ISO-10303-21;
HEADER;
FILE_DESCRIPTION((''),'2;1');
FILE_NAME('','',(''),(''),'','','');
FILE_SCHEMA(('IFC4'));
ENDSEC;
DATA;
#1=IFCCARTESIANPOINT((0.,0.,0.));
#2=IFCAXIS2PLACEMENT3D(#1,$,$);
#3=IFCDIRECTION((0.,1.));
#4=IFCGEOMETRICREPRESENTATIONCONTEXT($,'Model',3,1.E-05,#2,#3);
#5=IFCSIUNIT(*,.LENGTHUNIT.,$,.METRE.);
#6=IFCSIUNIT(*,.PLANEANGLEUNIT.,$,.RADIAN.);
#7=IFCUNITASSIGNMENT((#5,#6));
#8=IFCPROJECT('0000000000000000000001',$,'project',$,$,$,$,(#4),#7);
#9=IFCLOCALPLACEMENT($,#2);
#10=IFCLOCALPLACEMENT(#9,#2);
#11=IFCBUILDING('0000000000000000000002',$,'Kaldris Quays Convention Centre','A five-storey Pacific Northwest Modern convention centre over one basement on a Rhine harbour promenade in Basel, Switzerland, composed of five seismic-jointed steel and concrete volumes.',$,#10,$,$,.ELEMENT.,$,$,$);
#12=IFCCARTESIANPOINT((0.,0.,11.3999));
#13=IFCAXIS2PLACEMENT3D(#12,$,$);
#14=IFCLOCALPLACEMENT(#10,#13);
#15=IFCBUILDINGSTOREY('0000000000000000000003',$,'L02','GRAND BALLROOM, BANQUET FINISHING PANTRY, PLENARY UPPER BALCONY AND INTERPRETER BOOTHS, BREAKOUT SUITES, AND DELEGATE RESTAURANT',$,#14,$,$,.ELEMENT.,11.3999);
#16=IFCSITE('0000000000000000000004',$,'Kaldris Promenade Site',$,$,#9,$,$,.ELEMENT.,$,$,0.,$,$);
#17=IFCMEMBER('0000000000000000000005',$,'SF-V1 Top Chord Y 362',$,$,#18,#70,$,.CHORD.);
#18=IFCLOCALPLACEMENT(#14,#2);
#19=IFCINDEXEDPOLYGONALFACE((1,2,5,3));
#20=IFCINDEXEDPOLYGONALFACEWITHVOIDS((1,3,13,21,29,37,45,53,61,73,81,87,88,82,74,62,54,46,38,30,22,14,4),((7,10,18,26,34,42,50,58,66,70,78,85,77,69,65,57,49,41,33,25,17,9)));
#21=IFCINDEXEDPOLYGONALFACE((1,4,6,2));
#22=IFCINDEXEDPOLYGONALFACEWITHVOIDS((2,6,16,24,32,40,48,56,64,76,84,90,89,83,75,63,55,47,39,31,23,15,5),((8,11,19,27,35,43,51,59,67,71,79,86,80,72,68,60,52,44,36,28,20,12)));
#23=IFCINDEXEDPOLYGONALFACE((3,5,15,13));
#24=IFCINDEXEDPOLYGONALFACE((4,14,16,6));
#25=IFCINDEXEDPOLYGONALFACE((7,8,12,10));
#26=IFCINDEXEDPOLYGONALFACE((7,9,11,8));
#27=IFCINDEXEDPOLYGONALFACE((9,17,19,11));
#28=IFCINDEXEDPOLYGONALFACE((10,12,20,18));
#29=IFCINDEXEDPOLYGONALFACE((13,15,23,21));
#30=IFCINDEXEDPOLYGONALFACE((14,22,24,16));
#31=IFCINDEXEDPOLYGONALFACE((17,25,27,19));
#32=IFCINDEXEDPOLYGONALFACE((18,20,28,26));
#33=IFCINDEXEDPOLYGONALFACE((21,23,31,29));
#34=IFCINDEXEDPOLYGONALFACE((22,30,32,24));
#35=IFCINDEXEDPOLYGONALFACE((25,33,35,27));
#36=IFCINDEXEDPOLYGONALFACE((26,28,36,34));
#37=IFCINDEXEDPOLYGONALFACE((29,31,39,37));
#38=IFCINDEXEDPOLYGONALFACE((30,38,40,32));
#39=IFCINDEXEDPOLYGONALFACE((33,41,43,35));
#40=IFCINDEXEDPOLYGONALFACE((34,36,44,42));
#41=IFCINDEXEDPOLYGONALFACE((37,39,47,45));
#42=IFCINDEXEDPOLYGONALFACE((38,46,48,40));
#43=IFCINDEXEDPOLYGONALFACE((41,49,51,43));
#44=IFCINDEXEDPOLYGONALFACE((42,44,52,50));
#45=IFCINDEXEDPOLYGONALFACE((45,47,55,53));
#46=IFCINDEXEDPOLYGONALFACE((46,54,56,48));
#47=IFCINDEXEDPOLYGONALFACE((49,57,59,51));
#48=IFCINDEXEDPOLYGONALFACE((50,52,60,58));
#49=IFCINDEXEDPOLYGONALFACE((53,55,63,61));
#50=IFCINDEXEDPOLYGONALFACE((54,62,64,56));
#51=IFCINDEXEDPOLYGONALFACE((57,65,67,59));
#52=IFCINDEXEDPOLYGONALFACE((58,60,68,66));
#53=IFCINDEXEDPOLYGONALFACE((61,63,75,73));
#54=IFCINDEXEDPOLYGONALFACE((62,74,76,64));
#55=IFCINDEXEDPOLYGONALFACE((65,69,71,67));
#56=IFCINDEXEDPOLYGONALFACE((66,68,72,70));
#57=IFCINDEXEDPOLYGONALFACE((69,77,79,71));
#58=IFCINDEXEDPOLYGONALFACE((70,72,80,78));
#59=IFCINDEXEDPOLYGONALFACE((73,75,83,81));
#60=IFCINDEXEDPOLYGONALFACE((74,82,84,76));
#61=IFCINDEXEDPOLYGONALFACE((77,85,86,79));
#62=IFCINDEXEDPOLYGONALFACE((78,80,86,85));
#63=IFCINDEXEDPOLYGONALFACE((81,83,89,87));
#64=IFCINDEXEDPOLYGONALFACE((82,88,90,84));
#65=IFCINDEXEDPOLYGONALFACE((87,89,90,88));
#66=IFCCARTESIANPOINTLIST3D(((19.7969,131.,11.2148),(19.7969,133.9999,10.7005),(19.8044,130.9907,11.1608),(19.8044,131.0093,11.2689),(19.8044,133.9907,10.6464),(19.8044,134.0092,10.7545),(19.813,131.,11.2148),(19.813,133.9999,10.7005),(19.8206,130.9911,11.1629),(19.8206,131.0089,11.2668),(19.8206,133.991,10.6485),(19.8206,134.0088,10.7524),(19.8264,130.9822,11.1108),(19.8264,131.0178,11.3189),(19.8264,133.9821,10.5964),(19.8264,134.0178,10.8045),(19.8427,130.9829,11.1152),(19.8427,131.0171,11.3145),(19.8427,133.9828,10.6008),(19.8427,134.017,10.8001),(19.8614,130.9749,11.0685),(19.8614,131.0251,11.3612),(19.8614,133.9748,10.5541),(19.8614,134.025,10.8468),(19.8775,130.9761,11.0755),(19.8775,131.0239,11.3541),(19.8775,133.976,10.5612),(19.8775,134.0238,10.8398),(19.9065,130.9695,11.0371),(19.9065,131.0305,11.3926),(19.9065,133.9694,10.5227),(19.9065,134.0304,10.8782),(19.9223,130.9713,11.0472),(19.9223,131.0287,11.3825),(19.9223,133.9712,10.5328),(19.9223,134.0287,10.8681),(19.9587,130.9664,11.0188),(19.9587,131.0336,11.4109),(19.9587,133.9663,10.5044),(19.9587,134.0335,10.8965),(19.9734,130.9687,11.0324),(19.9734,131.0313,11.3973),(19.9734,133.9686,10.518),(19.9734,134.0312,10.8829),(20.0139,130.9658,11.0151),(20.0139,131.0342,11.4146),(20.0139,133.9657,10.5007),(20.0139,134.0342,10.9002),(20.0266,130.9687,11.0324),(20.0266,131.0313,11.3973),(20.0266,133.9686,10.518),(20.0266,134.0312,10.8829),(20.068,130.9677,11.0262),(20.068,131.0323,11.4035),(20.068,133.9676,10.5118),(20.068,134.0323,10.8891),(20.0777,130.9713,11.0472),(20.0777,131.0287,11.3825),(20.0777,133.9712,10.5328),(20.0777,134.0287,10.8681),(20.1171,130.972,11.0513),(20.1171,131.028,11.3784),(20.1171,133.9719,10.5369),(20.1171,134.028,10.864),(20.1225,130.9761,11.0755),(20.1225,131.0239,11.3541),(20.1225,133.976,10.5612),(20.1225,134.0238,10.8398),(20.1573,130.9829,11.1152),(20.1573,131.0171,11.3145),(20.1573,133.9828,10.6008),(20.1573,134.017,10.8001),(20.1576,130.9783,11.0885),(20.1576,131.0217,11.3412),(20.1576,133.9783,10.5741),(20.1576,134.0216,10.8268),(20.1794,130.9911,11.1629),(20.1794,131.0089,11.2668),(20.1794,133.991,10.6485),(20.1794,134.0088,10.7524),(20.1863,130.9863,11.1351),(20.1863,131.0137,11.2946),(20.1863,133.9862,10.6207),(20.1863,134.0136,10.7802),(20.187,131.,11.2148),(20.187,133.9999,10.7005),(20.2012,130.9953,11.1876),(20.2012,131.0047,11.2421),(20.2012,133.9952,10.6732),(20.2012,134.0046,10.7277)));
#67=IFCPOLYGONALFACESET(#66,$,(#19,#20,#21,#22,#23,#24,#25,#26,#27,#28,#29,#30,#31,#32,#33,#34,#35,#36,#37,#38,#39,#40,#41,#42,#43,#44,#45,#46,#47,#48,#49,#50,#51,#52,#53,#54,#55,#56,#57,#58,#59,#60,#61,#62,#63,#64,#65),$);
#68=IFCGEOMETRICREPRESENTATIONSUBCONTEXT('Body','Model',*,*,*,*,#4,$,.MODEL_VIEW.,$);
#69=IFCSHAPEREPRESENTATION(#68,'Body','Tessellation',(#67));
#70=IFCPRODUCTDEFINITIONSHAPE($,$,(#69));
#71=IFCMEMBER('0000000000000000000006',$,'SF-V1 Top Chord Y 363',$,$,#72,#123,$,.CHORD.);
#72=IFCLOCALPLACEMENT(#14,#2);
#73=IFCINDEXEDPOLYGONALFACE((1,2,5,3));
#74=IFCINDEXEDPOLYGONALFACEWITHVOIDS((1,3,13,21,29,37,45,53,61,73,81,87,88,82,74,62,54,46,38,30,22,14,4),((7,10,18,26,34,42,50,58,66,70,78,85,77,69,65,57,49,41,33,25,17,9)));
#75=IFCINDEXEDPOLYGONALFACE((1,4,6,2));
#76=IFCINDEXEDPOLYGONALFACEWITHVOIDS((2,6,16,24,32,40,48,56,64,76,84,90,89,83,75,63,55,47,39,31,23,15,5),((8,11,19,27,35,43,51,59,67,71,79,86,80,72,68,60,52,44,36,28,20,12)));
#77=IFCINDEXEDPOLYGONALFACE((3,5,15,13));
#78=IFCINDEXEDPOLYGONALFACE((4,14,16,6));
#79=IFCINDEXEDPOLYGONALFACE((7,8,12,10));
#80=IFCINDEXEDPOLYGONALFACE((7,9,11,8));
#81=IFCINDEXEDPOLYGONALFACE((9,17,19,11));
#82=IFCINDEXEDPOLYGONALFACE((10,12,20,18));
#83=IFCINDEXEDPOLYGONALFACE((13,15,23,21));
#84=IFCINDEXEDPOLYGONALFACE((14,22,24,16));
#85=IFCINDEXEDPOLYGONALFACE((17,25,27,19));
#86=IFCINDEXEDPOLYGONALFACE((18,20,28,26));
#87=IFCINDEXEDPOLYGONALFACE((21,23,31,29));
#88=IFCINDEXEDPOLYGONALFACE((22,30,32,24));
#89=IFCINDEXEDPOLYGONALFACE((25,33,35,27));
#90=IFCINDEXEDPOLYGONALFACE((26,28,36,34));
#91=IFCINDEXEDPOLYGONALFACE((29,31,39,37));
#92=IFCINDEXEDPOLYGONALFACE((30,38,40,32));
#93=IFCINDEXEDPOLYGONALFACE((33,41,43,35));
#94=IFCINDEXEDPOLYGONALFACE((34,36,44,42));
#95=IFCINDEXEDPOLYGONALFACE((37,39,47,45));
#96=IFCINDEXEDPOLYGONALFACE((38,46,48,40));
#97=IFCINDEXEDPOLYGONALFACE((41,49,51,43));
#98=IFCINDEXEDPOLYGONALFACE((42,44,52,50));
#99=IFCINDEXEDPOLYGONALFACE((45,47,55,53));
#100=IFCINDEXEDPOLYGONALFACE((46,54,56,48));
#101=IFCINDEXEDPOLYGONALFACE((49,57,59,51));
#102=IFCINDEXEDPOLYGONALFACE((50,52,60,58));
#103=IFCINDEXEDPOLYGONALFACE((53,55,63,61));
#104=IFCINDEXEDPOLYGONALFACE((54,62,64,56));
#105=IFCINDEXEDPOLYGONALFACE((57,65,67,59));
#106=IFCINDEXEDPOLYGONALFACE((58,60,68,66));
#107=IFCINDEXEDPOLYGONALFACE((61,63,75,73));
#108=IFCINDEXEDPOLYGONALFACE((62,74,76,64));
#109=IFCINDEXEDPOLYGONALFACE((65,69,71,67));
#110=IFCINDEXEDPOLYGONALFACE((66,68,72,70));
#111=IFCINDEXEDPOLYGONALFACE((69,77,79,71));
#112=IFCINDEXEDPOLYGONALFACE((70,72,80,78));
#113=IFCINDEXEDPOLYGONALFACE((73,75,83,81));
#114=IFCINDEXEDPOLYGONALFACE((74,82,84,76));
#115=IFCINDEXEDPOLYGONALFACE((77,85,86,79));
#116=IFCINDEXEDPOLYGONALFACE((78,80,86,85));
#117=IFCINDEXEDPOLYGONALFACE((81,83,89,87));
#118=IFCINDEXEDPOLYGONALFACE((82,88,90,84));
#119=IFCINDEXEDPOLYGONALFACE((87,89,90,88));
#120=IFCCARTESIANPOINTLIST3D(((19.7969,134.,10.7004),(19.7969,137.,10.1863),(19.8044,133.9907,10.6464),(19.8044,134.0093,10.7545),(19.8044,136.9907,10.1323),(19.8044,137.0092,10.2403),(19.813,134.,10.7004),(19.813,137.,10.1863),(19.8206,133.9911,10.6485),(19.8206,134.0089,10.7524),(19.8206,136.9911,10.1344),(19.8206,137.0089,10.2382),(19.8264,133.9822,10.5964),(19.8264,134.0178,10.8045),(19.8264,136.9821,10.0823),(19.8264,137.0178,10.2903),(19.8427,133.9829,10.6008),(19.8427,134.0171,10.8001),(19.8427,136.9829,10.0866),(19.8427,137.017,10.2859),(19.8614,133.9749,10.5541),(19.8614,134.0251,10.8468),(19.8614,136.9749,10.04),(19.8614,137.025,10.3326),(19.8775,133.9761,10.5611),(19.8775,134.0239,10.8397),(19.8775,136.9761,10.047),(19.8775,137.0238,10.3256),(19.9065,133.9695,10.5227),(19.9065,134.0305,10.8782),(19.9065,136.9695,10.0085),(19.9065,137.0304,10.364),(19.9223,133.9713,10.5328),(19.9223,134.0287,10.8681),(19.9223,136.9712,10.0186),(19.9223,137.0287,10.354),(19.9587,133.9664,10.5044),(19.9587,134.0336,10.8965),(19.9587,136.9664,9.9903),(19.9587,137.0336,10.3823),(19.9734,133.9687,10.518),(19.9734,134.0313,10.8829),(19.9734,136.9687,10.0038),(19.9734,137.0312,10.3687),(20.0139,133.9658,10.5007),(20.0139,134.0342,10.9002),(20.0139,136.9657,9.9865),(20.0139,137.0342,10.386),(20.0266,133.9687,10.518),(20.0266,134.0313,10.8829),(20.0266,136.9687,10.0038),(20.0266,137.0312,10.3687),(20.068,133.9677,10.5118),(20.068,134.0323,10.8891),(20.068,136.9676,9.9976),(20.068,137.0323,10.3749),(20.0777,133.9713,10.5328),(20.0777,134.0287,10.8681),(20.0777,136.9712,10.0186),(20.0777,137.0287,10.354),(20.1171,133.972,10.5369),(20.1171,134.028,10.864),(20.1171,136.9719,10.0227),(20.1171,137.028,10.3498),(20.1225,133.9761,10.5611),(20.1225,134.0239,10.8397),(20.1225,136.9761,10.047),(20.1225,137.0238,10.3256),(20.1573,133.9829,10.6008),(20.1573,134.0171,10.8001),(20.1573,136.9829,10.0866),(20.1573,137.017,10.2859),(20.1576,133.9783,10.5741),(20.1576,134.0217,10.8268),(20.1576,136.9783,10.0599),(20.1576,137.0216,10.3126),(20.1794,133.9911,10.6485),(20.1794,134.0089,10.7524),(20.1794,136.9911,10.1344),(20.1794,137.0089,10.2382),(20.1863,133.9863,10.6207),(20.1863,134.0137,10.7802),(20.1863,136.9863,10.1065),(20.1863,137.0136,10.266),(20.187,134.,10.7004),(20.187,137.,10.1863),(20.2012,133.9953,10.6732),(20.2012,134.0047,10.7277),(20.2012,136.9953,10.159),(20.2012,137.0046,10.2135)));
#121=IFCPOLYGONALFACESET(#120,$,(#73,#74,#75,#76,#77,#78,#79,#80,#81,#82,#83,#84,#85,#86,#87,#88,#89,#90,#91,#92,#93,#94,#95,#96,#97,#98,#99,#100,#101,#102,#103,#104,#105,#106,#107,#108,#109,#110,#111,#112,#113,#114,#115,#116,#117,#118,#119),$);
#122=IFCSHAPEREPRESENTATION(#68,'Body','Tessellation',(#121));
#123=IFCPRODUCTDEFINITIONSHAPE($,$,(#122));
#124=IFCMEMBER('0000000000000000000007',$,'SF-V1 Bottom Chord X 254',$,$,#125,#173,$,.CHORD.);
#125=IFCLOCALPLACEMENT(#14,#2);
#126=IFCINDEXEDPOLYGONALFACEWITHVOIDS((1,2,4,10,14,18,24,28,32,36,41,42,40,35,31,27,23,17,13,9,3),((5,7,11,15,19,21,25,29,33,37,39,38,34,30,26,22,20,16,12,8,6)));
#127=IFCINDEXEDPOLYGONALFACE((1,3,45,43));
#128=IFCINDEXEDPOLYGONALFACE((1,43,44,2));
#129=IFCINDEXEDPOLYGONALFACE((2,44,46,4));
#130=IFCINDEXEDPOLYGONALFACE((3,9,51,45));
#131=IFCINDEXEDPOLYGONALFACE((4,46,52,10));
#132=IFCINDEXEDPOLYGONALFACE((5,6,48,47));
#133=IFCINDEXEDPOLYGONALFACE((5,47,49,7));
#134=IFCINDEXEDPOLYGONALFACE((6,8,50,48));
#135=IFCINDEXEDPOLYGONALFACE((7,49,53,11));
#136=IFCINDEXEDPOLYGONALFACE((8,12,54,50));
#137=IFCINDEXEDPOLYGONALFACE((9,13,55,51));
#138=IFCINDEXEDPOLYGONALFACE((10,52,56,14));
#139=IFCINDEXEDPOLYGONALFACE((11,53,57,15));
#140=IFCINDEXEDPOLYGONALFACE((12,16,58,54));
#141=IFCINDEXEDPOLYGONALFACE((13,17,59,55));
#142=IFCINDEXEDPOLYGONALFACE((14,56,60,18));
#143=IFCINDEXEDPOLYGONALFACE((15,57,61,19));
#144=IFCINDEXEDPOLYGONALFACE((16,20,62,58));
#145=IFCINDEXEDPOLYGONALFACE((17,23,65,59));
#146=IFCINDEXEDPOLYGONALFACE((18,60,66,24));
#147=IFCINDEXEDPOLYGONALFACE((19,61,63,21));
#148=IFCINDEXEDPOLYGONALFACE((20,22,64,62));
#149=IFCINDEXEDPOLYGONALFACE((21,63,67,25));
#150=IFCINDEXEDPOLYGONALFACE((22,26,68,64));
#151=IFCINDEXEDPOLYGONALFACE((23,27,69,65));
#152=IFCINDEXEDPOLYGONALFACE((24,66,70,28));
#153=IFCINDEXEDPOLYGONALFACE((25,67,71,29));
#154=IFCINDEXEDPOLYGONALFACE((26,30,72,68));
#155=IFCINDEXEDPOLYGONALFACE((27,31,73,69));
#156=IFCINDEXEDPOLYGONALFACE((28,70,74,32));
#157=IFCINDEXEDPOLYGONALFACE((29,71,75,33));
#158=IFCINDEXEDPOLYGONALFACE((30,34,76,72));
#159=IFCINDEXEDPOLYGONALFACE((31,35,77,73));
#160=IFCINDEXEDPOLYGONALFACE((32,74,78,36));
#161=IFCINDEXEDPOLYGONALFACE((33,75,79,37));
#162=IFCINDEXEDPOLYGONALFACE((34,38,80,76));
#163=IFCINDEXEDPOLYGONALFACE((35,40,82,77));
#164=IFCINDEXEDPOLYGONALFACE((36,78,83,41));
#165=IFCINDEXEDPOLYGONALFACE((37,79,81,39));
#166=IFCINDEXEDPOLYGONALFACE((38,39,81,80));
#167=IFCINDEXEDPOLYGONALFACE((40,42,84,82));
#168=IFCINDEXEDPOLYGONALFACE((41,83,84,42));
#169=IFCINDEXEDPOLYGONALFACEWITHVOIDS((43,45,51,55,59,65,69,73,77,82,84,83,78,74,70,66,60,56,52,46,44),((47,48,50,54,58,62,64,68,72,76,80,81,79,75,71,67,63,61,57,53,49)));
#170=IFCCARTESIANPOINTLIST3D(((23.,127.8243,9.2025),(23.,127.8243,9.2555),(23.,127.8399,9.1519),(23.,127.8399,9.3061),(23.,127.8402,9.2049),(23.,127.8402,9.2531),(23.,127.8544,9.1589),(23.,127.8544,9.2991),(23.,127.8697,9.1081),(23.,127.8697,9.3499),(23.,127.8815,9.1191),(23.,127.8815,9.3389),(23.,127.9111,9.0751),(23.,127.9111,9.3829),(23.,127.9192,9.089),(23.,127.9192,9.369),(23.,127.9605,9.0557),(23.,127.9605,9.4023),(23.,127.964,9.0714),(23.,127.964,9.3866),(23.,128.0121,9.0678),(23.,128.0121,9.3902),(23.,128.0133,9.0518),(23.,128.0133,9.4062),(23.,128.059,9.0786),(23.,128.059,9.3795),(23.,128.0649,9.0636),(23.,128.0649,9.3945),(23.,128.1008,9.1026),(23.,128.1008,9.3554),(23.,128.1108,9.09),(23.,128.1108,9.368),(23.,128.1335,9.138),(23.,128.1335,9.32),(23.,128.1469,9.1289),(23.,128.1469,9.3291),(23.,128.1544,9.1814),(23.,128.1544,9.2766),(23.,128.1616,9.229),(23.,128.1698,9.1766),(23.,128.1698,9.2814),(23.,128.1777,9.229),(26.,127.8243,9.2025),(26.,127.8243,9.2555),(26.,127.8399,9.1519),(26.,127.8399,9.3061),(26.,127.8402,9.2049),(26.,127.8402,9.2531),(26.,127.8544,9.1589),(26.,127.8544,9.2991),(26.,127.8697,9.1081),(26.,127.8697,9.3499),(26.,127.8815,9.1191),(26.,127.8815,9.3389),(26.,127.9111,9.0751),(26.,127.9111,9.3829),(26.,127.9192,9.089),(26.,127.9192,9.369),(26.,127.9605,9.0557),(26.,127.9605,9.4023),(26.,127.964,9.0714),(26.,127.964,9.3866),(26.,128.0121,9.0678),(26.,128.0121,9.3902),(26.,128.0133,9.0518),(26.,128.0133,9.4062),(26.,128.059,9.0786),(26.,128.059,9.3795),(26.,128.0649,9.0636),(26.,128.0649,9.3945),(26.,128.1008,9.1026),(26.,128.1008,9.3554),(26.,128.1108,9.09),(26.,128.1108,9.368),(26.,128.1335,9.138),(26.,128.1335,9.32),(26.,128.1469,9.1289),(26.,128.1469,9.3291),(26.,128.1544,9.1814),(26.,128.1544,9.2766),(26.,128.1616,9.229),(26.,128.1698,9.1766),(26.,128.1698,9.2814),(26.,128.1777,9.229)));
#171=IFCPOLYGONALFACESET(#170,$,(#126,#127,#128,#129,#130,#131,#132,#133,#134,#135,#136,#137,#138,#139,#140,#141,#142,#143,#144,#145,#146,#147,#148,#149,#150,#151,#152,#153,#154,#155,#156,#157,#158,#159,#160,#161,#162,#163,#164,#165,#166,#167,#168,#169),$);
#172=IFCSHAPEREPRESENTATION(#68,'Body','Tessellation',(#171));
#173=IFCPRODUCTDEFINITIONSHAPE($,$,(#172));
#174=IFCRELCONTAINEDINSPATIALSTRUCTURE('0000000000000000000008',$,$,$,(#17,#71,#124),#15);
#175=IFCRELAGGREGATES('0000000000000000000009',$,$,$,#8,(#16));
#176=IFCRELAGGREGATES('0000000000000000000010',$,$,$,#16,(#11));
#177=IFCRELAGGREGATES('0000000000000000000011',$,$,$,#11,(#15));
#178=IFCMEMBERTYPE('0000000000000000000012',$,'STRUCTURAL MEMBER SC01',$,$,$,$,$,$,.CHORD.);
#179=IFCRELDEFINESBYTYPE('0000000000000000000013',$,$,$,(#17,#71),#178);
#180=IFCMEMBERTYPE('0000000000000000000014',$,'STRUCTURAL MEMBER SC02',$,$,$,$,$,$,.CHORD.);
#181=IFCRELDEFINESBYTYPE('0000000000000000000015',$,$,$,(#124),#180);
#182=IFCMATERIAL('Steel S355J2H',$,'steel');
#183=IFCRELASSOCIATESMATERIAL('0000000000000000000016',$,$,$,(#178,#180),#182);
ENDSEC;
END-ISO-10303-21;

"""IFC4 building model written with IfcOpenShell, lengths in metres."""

from ifc_helpers import new_model, si_unit, direction, frame, origin, origin_2d, place, context, subcontext, project, spatial, hollow_circle, extrude, material, material_profile, profile_set, type_object, element, save


model = new_model("IFC4")

# Units and contexts
model_context = context("Model", 3, precision=1e-05, world=origin(), true_north=direction((0.0, 1.0)))
body_context = subcontext(model_context, "Body", "Model", "MODEL_VIEW")
ifc_project = project(units=[si_unit("LENGTHUNIT", "METRE"), si_unit("PLANEANGLEUNIT", "RADIAN")], contexts=[model_context])

# Site, building, storey
site_placement = place(None, origin())
site = spatial("IfcSite", under=ifc_project, at=site_placement, Name="Kaldris Promenade Site", CompositionType="ELEMENT", RefElevation=0.0)
building_placement = place(site_placement, origin())
building = spatial("IfcBuilding", under=site, at=building_placement, Name="Kaldris Quays Convention Centre", Description="A five-storey Pacific Northwest Modern convention centre over one basement on a Rhine harbour promenade in Basel, Switzerland, composed of five seismic-jointed steel and concrete volumes.", CompositionType="ELEMENT")
storey_placement = place(building_placement, frame((0.0, 0.0, 11.3999)))
storey = spatial("IfcBuildingStorey", under=building, at=storey_placement, Name="L02", Description="GRAND BALLROOM, BANQUET FINISHING PANTRY, PLENARY UPPER BALCONY AND INTERPRETER BOOTHS, BREAKOUT SUITES, AND DELEGATE RESTAURANT", CompositionType="ELEMENT", Elevation=11.3999)

# Members
ifc_material_1 = material(Name="Steel S355J2H", Category="steel")
ifc_material_profile_1 = material_profile(ifc_material_1, hollow_circle(Radius=0.2031, WallThickness=0.0161, at=origin_2d()), Name="CHS 406.4x16")
ifc_profile_set_1 = profile_set([ifc_material_profile_1], Name="Steel S355J2H")
member_type_1 = type_object("IfcMemberType", Name="STRUCTURAL MEMBER SC01", PredefinedType="CHORD", material=ifc_profile_set_1)
for number, where, z_axis, x_axis, name in (
    (1, (20.0, 131.0, 11.2148), (0.0, 0.985616, -0.169002), (-1.0, 0.0, 0.0), "SF-V1 Top Chord Y 362"),
    (2, (20.0, 134.0, 10.7004), (0.0, 0.985629, -0.168924), (-1.0, 0.0, 0.0), "SF-V1 Top Chord Y 363"),
):
    element("IfcMember", number, at=place(storey_placement, frame(where, z_axis=z_axis, x_axis=x_axis)), inside=storey, type_object=member_type_1, Name=name, PredefinedType="CHORD", context=body_context, shape_type="SweptSolid", body=[
        extrude(hollow_circle(Radius=0.2031, WallThickness=0.0161, at=origin_2d()), origin(), (0.0, 0.0, 1.0), 3.0437),
    ])
ifc_material_profile_2 = material_profile(ifc_material_1, hollow_circle(Radius=0.1777, WallThickness=0.0161, at=origin_2d()), Name="CHS 355.6x16")
ifc_profile_set_2 = profile_set([ifc_material_profile_2], Name="Steel S355J2H")
member_type_2 = type_object("IfcMemberType", Name="STRUCTURAL MEMBER SC02", PredefinedType="CHORD", material=ifc_profile_set_2)
for number, where, z_axis, x_axis, name in (
    (3, (23.0, 128.0, 9.229), (1.0, 0.0, 0.0), (0.0, 1.0, 0.0), "SF-V1 Bottom Chord X 254"),
):
    element("IfcMember", number, at=place(storey_placement, frame(where, z_axis=z_axis, x_axis=x_axis)), inside=storey, type_object=member_type_2, Name=name, PredefinedType="CHORD", context=body_context, shape_type="SweptSolid", body=[
        extrude(hollow_circle(Radius=0.1777, WallThickness=0.0161, at=origin_2d()), origin(), (0.0, 0.0, 1.0), 3.0),
    ])

save(model, "model.ifc")
